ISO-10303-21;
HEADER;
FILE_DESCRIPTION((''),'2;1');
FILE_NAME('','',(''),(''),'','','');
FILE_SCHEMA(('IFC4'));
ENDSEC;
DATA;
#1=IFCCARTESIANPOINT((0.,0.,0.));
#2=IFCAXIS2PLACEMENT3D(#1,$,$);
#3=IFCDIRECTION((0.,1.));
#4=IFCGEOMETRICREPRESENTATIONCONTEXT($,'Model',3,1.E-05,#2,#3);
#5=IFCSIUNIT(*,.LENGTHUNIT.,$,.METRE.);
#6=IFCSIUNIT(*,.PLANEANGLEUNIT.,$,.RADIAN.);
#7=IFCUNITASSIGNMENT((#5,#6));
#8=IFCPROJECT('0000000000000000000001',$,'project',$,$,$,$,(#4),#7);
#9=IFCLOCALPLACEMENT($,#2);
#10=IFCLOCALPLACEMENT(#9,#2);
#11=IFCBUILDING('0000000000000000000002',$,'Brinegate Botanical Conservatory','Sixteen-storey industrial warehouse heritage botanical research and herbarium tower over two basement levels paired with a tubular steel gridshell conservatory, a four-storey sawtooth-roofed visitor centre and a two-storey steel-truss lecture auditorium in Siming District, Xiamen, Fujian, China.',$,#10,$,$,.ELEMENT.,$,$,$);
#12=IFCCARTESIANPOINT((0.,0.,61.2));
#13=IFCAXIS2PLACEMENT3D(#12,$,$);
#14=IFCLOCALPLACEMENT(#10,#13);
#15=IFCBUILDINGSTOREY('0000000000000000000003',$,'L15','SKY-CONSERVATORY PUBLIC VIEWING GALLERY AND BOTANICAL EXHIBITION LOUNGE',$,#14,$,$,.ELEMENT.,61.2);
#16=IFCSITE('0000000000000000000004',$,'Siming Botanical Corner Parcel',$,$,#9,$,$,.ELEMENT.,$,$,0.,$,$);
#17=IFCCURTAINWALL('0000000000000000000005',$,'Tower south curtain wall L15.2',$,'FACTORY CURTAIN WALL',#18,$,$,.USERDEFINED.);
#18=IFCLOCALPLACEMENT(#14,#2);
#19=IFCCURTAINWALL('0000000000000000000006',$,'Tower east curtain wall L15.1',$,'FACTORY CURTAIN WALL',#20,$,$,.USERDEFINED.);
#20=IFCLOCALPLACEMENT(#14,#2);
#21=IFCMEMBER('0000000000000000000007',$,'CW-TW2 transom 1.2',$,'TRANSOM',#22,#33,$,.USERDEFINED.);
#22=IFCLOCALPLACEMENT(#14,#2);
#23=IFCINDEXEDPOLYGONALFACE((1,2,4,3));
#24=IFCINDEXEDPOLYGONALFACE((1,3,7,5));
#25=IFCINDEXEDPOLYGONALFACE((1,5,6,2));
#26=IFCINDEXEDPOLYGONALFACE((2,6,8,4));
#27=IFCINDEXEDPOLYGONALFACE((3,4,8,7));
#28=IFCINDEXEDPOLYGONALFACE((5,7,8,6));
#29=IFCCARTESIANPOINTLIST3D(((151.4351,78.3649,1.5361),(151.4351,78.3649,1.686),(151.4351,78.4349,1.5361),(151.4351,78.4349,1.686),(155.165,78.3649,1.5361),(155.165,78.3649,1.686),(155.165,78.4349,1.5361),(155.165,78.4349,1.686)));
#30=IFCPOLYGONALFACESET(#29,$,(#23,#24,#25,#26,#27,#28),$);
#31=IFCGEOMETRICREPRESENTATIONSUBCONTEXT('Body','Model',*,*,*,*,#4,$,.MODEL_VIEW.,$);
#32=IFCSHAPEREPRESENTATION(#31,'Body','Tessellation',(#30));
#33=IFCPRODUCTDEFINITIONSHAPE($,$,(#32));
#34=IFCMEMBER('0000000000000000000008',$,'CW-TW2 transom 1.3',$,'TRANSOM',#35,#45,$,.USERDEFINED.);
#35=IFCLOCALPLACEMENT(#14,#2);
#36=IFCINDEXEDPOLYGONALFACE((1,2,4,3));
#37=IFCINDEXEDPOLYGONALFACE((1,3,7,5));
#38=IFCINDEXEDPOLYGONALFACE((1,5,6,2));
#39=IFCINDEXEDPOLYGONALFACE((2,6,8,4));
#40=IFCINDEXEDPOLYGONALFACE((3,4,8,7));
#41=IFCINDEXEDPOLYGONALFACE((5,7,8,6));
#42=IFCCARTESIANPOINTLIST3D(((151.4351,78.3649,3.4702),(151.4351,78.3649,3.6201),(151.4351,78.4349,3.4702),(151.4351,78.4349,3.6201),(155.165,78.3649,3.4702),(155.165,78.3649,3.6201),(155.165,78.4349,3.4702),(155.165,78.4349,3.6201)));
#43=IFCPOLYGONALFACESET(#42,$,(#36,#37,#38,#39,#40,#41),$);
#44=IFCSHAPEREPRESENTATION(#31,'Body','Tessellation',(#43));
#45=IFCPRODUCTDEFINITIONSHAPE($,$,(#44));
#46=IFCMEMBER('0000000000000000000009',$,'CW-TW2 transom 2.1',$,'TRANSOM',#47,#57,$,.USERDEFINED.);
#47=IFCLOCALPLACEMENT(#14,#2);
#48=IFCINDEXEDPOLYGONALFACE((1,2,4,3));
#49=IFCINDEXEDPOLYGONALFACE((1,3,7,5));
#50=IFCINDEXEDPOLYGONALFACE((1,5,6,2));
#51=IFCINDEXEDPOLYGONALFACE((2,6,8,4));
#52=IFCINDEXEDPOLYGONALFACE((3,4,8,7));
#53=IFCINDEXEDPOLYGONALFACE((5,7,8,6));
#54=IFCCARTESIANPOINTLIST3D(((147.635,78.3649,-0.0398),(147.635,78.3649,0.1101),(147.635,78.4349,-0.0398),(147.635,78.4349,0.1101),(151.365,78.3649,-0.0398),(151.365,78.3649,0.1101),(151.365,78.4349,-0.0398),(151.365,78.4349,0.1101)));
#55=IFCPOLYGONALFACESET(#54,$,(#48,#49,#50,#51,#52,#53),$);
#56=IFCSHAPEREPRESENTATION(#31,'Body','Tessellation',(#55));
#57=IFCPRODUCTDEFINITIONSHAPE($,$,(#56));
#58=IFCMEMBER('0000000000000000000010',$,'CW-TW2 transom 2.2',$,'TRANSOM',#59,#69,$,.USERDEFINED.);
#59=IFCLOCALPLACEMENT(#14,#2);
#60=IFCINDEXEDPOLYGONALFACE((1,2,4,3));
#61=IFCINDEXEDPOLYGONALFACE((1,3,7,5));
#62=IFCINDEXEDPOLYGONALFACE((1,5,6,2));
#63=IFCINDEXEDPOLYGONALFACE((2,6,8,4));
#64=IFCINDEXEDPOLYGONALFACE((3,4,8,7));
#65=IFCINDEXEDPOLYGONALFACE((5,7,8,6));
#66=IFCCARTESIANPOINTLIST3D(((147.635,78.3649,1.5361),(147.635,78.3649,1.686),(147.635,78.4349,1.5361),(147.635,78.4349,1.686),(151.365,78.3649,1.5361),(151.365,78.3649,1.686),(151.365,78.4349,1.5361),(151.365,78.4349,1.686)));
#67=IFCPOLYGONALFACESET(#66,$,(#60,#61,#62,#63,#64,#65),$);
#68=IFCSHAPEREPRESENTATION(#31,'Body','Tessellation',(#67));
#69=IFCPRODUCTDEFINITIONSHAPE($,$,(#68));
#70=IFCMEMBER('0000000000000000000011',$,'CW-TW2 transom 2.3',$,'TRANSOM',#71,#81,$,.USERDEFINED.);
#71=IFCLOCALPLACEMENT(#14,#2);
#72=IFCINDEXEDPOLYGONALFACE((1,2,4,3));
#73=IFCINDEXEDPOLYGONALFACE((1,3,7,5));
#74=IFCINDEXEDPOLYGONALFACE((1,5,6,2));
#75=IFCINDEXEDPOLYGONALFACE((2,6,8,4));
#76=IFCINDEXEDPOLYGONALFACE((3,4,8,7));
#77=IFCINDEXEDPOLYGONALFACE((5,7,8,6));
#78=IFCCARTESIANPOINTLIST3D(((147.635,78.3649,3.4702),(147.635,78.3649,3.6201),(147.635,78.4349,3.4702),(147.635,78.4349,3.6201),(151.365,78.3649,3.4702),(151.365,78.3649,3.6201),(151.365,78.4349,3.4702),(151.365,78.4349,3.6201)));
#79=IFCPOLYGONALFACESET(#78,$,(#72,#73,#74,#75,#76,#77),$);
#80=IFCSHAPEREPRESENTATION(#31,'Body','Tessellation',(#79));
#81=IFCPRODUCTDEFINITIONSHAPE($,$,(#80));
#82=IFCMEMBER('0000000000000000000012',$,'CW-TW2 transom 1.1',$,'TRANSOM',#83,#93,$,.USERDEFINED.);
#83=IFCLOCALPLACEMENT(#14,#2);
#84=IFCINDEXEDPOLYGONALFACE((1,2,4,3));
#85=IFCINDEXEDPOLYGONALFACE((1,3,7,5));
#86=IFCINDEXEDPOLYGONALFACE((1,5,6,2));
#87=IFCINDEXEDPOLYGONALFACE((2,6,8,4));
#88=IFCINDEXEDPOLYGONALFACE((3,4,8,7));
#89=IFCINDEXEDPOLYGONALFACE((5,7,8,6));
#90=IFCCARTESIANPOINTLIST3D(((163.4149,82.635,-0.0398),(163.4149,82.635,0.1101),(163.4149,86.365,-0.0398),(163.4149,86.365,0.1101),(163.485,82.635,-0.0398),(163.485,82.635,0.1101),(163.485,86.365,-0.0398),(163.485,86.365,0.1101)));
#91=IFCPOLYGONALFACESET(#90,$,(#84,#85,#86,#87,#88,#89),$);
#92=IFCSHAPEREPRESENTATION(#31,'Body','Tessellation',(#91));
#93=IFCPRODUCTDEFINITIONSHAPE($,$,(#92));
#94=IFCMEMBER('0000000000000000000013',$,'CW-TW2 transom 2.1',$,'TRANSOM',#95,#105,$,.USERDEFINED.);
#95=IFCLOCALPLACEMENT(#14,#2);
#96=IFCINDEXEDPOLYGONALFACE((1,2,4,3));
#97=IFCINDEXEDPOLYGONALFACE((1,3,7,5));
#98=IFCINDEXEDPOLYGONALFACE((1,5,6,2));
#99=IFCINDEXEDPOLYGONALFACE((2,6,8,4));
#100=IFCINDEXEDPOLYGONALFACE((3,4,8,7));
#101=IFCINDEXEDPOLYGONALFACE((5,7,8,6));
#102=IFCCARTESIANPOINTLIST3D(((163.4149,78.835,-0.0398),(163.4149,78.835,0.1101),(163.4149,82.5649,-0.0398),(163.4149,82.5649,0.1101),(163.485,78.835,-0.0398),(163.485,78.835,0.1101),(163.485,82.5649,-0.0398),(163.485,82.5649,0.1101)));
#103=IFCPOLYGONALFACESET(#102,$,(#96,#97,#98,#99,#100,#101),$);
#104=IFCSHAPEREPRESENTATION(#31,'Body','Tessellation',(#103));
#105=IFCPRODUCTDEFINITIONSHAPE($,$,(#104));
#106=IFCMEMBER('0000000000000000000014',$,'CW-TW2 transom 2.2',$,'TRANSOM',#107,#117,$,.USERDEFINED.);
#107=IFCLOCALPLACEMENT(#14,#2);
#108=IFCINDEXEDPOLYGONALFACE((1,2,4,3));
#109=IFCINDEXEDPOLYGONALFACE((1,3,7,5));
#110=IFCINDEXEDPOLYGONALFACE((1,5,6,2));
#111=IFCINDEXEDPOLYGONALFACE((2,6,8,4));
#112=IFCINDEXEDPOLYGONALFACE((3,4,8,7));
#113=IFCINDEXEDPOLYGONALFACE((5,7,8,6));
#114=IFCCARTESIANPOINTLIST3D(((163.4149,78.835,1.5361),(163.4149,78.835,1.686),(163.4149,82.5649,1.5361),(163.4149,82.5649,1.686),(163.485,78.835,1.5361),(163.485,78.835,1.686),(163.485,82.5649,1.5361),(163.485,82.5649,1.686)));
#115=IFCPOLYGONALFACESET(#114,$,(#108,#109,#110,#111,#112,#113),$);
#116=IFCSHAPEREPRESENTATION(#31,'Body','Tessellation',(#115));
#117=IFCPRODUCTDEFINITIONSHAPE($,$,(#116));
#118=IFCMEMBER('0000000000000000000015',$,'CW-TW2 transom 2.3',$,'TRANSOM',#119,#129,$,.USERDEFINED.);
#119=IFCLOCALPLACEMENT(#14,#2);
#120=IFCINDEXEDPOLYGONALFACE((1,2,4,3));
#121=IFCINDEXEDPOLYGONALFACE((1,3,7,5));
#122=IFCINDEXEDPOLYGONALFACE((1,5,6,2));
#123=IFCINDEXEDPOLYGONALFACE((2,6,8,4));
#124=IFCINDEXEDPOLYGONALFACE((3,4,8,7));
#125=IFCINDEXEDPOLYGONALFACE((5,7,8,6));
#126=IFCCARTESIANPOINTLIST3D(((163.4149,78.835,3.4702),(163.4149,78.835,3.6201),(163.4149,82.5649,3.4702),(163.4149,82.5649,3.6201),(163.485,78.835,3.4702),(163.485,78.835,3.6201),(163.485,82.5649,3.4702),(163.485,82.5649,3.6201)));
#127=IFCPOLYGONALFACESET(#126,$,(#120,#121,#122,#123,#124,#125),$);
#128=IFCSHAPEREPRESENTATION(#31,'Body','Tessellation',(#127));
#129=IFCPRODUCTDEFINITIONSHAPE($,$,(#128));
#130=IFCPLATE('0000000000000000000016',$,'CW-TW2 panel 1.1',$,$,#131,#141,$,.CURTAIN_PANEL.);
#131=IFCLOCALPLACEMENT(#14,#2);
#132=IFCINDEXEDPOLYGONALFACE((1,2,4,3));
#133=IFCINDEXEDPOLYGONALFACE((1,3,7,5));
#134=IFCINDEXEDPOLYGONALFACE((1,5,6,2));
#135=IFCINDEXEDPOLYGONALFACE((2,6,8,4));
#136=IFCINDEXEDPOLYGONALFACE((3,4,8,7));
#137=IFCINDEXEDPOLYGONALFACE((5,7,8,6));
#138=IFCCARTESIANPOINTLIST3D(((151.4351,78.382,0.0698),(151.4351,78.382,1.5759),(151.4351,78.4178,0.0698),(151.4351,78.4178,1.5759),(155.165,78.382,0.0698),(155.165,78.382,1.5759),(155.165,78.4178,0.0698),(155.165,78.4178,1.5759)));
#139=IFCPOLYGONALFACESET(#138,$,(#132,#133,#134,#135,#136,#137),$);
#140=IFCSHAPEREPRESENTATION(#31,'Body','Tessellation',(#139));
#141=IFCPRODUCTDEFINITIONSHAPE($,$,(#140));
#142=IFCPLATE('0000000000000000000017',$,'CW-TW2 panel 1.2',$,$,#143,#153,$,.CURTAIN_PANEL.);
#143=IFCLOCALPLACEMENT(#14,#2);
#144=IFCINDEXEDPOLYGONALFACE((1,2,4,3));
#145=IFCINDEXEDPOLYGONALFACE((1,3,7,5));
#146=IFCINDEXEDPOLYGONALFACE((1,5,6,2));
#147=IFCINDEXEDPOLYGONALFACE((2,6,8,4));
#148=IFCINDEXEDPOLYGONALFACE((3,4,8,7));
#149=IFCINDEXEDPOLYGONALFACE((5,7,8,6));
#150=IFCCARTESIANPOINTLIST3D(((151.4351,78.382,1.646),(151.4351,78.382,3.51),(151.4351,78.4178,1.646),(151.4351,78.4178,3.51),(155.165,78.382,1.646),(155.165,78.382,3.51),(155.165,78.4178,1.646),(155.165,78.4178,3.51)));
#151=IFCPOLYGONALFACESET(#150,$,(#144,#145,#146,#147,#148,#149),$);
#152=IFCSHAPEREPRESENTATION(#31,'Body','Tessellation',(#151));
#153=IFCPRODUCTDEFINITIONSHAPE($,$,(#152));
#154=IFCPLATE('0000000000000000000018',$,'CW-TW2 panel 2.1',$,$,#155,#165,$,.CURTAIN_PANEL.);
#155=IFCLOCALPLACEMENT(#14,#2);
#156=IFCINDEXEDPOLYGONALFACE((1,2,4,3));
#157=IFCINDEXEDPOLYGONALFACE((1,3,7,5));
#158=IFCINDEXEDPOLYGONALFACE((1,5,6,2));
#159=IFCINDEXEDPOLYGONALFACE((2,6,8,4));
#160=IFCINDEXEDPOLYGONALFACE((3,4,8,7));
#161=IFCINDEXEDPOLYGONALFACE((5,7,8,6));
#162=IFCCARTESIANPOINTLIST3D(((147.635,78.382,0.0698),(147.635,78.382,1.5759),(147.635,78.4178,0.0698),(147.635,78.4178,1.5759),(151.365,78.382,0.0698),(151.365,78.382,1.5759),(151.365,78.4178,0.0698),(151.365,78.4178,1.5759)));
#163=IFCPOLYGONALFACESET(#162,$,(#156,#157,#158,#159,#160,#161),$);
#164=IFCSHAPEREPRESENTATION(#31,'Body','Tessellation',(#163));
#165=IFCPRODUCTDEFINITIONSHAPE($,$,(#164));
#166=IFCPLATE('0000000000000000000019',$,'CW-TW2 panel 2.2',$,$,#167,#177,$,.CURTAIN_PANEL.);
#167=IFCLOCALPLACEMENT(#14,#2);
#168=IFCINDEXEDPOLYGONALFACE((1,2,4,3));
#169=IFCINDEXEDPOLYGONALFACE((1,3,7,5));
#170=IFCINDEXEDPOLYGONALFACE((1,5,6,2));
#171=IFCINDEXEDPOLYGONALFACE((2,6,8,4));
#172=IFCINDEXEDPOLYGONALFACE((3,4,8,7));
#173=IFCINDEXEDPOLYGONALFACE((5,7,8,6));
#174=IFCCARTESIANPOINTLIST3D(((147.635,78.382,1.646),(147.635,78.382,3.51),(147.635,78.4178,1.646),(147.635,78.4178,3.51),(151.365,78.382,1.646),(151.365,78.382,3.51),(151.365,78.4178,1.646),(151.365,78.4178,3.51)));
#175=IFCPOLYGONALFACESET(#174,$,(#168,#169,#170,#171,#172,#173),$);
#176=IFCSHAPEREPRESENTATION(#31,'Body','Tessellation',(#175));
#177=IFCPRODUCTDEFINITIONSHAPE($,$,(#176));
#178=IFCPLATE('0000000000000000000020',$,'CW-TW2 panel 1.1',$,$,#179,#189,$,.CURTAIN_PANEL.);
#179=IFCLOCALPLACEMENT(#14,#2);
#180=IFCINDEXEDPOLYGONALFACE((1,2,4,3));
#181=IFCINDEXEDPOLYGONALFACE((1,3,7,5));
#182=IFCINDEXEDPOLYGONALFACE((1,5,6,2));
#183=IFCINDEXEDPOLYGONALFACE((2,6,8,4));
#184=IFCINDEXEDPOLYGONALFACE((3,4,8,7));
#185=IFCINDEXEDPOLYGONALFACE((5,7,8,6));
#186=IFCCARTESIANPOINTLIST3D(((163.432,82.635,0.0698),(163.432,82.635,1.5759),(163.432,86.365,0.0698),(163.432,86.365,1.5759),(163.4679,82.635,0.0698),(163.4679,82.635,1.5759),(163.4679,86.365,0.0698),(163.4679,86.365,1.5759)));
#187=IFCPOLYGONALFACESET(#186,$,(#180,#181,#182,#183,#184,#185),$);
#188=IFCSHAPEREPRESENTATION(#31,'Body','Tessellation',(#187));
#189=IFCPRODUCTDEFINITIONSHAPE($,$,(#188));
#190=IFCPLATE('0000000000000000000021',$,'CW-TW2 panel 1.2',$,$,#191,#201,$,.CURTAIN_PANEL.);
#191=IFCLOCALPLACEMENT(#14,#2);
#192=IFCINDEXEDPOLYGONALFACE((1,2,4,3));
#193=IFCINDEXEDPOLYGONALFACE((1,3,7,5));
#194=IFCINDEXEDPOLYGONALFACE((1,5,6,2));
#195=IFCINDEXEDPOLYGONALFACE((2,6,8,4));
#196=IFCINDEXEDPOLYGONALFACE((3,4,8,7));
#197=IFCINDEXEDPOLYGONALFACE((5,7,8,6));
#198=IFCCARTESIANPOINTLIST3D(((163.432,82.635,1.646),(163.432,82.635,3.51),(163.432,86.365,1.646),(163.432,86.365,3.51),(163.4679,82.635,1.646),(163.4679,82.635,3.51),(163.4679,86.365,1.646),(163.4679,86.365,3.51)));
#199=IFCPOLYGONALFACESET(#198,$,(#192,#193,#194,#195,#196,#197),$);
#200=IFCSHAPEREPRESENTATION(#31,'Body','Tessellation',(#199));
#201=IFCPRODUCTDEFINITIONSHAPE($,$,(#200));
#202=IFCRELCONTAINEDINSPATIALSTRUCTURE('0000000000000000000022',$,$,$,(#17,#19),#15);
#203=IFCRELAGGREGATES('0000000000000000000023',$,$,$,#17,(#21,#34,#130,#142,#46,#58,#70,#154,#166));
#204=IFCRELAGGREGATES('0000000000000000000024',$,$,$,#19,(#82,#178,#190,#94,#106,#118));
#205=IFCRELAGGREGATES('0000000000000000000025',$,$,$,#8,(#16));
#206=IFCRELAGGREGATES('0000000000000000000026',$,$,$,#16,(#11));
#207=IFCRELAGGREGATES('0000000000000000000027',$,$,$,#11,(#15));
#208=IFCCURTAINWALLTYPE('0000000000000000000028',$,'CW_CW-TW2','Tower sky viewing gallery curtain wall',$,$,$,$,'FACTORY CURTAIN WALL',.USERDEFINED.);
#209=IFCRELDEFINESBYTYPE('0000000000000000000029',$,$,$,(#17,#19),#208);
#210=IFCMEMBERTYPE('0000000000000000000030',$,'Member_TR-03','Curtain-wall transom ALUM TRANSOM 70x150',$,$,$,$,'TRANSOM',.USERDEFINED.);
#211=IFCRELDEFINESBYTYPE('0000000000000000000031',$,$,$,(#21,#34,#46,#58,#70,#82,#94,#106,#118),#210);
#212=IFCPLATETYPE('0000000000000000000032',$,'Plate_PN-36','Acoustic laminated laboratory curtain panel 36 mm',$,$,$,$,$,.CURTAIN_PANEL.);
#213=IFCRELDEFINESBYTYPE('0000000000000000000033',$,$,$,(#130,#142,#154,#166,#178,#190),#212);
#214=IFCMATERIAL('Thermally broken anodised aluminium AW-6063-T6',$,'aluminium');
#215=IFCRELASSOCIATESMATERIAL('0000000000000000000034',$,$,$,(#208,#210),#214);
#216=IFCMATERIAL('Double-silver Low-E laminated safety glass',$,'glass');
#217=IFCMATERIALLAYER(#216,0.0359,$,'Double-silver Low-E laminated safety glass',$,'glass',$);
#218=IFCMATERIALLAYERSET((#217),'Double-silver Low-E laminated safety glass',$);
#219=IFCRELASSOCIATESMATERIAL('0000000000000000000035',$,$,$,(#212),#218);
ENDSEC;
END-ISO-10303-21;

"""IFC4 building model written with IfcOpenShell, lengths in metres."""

from ifc_helpers import new_model, si_unit, direction, frame, origin, origin_2d, place, context, subcontext, project, spatial, rectangle, extrude, material, layer, layer_set, material_profile, profile_set, type_object, element, aggregate, save


model = new_model("IFC4")

# Units and contexts
model_context = context("Model", 3, precision=1e-05, world=origin(), true_north=direction((0.0, 1.0)))
body_context = subcontext(model_context, "Body", "Model", "MODEL_VIEW")
ifc_project = project(units=[si_unit("LENGTHUNIT", "METRE"), si_unit("PLANEANGLEUNIT", "RADIAN")], contexts=[model_context])

# Site, building, storey
site_placement = place(None, origin())
site = spatial("IfcSite", under=ifc_project, at=site_placement, Name="Siming Botanical Corner Parcel", CompositionType="ELEMENT", RefElevation=0.0)
building_placement = place(site_placement, origin())
building = spatial("IfcBuilding", under=site, at=building_placement, Name="Brinegate Botanical Conservatory", Description="Sixteen-storey industrial warehouse heritage botanical research and herbarium tower over two basement levels paired with a tubular steel gridshell conservatory, a four-storey sawtooth-roofed visitor centre and a two-storey steel-truss lecture auditorium in Siming District, Xiamen, Fujian, China.", CompositionType="ELEMENT")
storey_placement = place(building_placement, frame((0.0, 0.0, 61.2)))
storey = spatial("IfcBuildingStorey", under=building, at=storey_placement, Name="L15", Description="SKY-CONSERVATORY PUBLIC VIEWING GALLERY AND BOTANICAL EXHIBITION LOUNGE", CompositionType="ELEMENT", Elevation=61.2)

# Curtain walls
ifc_material_1 = material(Name="Thermally broken anodised aluminium AW-6063-T6", Category="aluminium")
curtain_wall_type = type_object("IfcCurtainWallType", Name="CW_CW-TW2", Description="Tower sky viewing gallery curtain wall", ElementType="FACTORY CURTAIN WALL", PredefinedType="USERDEFINED", material=ifc_material_1)
curtain_wall_1_placement = place(storey_placement, origin())
curtain_wall_1 = element("IfcCurtainWall", 1, at=curtain_wall_1_placement, inside=storey, type_object=curtain_wall_type, Name="Tower south curtain wall L15.2", ObjectType="FACTORY CURTAIN WALL", PredefinedType="USERDEFINED")
curtain_wall_2_placement = place(storey_placement, origin())
curtain_wall_2 = element("IfcCurtainWall", 2, at=curtain_wall_2_placement, inside=storey, type_object=curtain_wall_type, Name="Tower east curtain wall L15.1", ObjectType="FACTORY CURTAIN WALL", PredefinedType="USERDEFINED")

# Members
ifc_material_profile_1 = material_profile(ifc_material_1, rectangle(XDim=0.0701, YDim=0.1499, at=origin_2d()), Name="ALUM TRANSOM 70x150")
ifc_profile_set_1 = profile_set([ifc_material_profile_1], Name="Thermally broken anodised aluminium AW-6063-T6")
member_type_1 = type_object("IfcMemberType", Name="Member_TR-03", Description="Curtain-wall transom ALUM TRANSOM 70x150", ElementType="TRANSOM", PredefinedType="USERDEFINED", material=ifc_profile_set_1)
member_1_placement = place(storey_placement, frame((155.165, 78.3999, 1.6111), z_axis=(-1.0, 0.0, 0.0), x_axis=(0.0, -1.0, 0.0)))
member_1 = element("IfcMember", 3, at=member_1_placement, type_object=member_type_1, Name="CW-TW2 transom 1.2", ObjectType="TRANSOM", PredefinedType="USERDEFINED", context=body_context, shape_type="SweptSolid", body=[
    extrude(rectangle(XDim=0.0701, YDim=0.1499, at=origin_2d()), origin(), (0.0, 0.0, 1.0), 3.73),
])
member_2_placement = place(storey_placement, frame((155.165, 78.3999, 3.5452), z_axis=(-1.0, 0.0, 0.0), x_axis=(0.0, -1.0, 0.0)))
member_2 = element("IfcMember", 4, at=member_2_placement, type_object=member_type_1, Name="CW-TW2 transom 1.3", ObjectType="TRANSOM", PredefinedType="USERDEFINED", context=body_context, shape_type="SweptSolid", body=[
    extrude(rectangle(XDim=0.0701, YDim=0.1499, at=origin_2d()), origin(), (0.0, 0.0, 1.0), 3.73),
])
member_3_placement = place(storey_placement, frame((151.365, 78.3999, 0.0352), z_axis=(-1.0, 0.0, 0.0), x_axis=(0.0, -1.0, 0.0)))
member_3 = element("IfcMember", 5, at=member_3_placement, type_object=member_type_1, Name="CW-TW2 transom 2.1", ObjectType="TRANSOM", PredefinedType="USERDEFINED", context=body_context, shape_type="SweptSolid", body=[
    extrude(rectangle(XDim=0.0701, YDim=0.1499, at=origin_2d()), origin(), (0.0, 0.0, 1.0), 3.73),
])
member_4_placement = place(storey_placement, frame((151.365, 78.3999, 1.6111), z_axis=(-1.0, 0.0, 0.0), x_axis=(0.0, -1.0, 0.0)))
member_4 = element("IfcMember", 6, at=member_4_placement, type_object=member_type_1, Name="CW-TW2 transom 2.2", ObjectType="TRANSOM", PredefinedType="USERDEFINED", context=body_context, shape_type="SweptSolid", body=[
    extrude(rectangle(XDim=0.0701, YDim=0.1499, at=origin_2d()), origin(), (0.0, 0.0, 1.0), 3.73),
])
member_5_placement = place(storey_placement, frame((151.365, 78.3999, 3.5452), z_axis=(-1.0, 0.0, 0.0), x_axis=(0.0, -1.0, 0.0)))
member_5 = element("IfcMember", 7, at=member_5_placement, type_object=member_type_1, Name="CW-TW2 transom 2.3", ObjectType="TRANSOM", PredefinedType="USERDEFINED", context=body_context, shape_type="SweptSolid", body=[
    extrude(rectangle(XDim=0.0701, YDim=0.1499, at=origin_2d()), origin(), (0.0, 0.0, 1.0), 3.73),
])
member_6_placement = place(storey_placement, frame((163.45, 86.365, 0.0352), z_axis=(0.0, -1.0, 0.0), x_axis=(1.0, 0.0, 0.0)))
member_6 = element("IfcMember", 8, at=member_6_placement, type_object=member_type_1, Name="CW-TW2 transom 1.1", ObjectType="TRANSOM", PredefinedType="USERDEFINED", context=body_context, shape_type="SweptSolid", body=[
    extrude(rectangle(XDim=0.0701, YDim=0.1499, at=origin_2d()), origin(), (0.0, 0.0, 1.0), 3.73),
])
member_7_placement = place(storey_placement, frame((163.45, 82.5649, 0.0352), z_axis=(0.0, -1.0, 0.0), x_axis=(1.0, 0.0, 0.0)))
member_7 = element("IfcMember", 9, at=member_7_placement, type_object=member_type_1, Name="CW-TW2 transom 2.1", ObjectType="TRANSOM", PredefinedType="USERDEFINED", context=body_context, shape_type="SweptSolid", body=[
    extrude(rectangle(XDim=0.0701, YDim=0.1499, at=origin_2d()), origin(), (0.0, 0.0, 1.0), 3.73),
])
member_8_placement = place(storey_placement, frame((163.45, 82.5649, 1.6111), z_axis=(0.0, -1.0, 0.0), x_axis=(1.0, 0.0, 0.0)))
member_8 = element("IfcMember", 10, at=member_8_placement, type_object=member_type_1, Name="CW-TW2 transom 2.2", ObjectType="TRANSOM", PredefinedType="USERDEFINED", context=body_context, shape_type="SweptSolid", body=[
    extrude(rectangle(XDim=0.0701, YDim=0.1499, at=origin_2d()), origin(), (0.0, 0.0, 1.0), 3.73),
])
member_9_placement = place(storey_placement, frame((163.45, 82.5649, 3.5452), z_axis=(0.0, -1.0, 0.0), x_axis=(1.0, 0.0, 0.0)))
member_9 = element("IfcMember", 11, at=member_9_placement, type_object=member_type_1, Name="CW-TW2 transom 2.3", ObjectType="TRANSOM", PredefinedType="USERDEFINED", context=body_context, shape_type="SweptSolid", body=[
    extrude(rectangle(XDim=0.0701, YDim=0.1499, at=origin_2d()), origin(), (0.0, 0.0, 1.0), 3.73),
])

# Plates
ifc_material_2 = material(Name="Double-silver Low-E laminated safety glass", Category="glass")
ifc_layer_1 = layer(ifc_material_2, 0.0359, Name="Double-silver Low-E laminated safety glass", Category="glass")
ifc_layer_set_1 = layer_set([ifc_layer_1], Name="Double-silver Low-E laminated safety glass")
plate_type = type_object("IfcPlateType", Name="Plate_PN-36", Description="Acoustic laminated laboratory curtain panel 36 mm", PredefinedType="CURTAIN_PANEL", material=ifc_layer_set_1)
plate_1_placement = place(storey_placement, frame((153.3, 78.3999, 0.0698), z_axis=(0.0, 0.0, 1.0), x_axis=(-1.0, 0.0, 0.0)))
plate_1 = element("IfcPlate", 12, at=plate_1_placement, type_object=plate_type, Name="CW-TW2 panel 1.1", PredefinedType="CURTAIN_PANEL", context=body_context, shape_type="SweptSolid", body=[
    extrude(rectangle(XDim=3.73, YDim=0.0359, at=origin_2d()), origin(), (0.0, 0.0, 1.0), 1.5061),
])
plate_2_placement = place(storey_placement, frame((153.3, 78.3999, 1.646), z_axis=(0.0, 0.0, 1.0), x_axis=(-1.0, 0.0, 0.0)))
plate_2 = element("IfcPlate", 13, at=plate_2_placement, type_object=plate_type, Name="CW-TW2 panel 1.2", PredefinedType="CURTAIN_PANEL", context=body_context, shape_type="SweptSolid", body=[
    extrude(rectangle(XDim=3.73, YDim=0.0359, at=origin_2d()), origin(), (0.0, 0.0, 1.0), 1.864),
])
plate_3_placement = place(storey_placement, frame((149.5, 78.3999, 0.0698), z_axis=(0.0, 0.0, 1.0), x_axis=(-1.0, 0.0, 0.0)))
plate_3 = element("IfcPlate", 14, at=plate_3_placement, type_object=plate_type, Name="CW-TW2 panel 2.1", PredefinedType="CURTAIN_PANEL", context=body_context, shape_type="SweptSolid", body=[
    extrude(rectangle(XDim=3.73, YDim=0.0359, at=origin_2d()), origin(), (0.0, 0.0, 1.0), 1.5061),
])
plate_4_placement = place(storey_placement, frame((149.5, 78.3999, 1.646), z_axis=(0.0, 0.0, 1.0), x_axis=(-1.0, 0.0, 0.0)))
plate_4 = element("IfcPlate", 15, at=plate_4_placement, type_object=plate_type, Name="CW-TW2 panel 2.2", PredefinedType="CURTAIN_PANEL", context=body_context, shape_type="SweptSolid", body=[
    extrude(rectangle(XDim=3.73, YDim=0.0359, at=origin_2d()), origin(), (0.0, 0.0, 1.0), 1.864),
])
aggregate(curtain_wall_1, [member_1, member_2, plate_1, plate_2, member_3, member_4, member_5, plate_3, plate_4])
plate_5_placement = place(storey_placement, frame((163.45, 84.5, 0.0698), z_axis=(0.0, 0.0, 1.0), x_axis=(0.0, -1.0, 0.0)))
plate_5 = element("IfcPlate", 16, at=plate_5_placement, type_object=plate_type, Name="CW-TW2 panel 1.1", PredefinedType="CURTAIN_PANEL", context=body_context, shape_type="SweptSolid", body=[
    extrude(rectangle(XDim=3.73, YDim=0.0359, at=origin_2d()), origin(), (0.0, 0.0, 1.0), 1.5061),
])
plate_6_placement = place(storey_placement, frame((163.45, 84.5, 1.646), z_axis=(0.0, 0.0, 1.0), x_axis=(0.0, -1.0, 0.0)))
plate_6 = element("IfcPlate", 17, at=plate_6_placement, type_object=plate_type, Name="CW-TW2 panel 1.2", PredefinedType="CURTAIN_PANEL", context=body_context, shape_type="SweptSolid", body=[
    extrude(rectangle(XDim=3.73, YDim=0.0359, at=origin_2d()), origin(), (0.0, 0.0, 1.0), 1.864),
])
aggregate(curtain_wall_2, [member_6, plate_5, plate_6, member_7, member_8, member_9])

save(model, "model.ifc")
